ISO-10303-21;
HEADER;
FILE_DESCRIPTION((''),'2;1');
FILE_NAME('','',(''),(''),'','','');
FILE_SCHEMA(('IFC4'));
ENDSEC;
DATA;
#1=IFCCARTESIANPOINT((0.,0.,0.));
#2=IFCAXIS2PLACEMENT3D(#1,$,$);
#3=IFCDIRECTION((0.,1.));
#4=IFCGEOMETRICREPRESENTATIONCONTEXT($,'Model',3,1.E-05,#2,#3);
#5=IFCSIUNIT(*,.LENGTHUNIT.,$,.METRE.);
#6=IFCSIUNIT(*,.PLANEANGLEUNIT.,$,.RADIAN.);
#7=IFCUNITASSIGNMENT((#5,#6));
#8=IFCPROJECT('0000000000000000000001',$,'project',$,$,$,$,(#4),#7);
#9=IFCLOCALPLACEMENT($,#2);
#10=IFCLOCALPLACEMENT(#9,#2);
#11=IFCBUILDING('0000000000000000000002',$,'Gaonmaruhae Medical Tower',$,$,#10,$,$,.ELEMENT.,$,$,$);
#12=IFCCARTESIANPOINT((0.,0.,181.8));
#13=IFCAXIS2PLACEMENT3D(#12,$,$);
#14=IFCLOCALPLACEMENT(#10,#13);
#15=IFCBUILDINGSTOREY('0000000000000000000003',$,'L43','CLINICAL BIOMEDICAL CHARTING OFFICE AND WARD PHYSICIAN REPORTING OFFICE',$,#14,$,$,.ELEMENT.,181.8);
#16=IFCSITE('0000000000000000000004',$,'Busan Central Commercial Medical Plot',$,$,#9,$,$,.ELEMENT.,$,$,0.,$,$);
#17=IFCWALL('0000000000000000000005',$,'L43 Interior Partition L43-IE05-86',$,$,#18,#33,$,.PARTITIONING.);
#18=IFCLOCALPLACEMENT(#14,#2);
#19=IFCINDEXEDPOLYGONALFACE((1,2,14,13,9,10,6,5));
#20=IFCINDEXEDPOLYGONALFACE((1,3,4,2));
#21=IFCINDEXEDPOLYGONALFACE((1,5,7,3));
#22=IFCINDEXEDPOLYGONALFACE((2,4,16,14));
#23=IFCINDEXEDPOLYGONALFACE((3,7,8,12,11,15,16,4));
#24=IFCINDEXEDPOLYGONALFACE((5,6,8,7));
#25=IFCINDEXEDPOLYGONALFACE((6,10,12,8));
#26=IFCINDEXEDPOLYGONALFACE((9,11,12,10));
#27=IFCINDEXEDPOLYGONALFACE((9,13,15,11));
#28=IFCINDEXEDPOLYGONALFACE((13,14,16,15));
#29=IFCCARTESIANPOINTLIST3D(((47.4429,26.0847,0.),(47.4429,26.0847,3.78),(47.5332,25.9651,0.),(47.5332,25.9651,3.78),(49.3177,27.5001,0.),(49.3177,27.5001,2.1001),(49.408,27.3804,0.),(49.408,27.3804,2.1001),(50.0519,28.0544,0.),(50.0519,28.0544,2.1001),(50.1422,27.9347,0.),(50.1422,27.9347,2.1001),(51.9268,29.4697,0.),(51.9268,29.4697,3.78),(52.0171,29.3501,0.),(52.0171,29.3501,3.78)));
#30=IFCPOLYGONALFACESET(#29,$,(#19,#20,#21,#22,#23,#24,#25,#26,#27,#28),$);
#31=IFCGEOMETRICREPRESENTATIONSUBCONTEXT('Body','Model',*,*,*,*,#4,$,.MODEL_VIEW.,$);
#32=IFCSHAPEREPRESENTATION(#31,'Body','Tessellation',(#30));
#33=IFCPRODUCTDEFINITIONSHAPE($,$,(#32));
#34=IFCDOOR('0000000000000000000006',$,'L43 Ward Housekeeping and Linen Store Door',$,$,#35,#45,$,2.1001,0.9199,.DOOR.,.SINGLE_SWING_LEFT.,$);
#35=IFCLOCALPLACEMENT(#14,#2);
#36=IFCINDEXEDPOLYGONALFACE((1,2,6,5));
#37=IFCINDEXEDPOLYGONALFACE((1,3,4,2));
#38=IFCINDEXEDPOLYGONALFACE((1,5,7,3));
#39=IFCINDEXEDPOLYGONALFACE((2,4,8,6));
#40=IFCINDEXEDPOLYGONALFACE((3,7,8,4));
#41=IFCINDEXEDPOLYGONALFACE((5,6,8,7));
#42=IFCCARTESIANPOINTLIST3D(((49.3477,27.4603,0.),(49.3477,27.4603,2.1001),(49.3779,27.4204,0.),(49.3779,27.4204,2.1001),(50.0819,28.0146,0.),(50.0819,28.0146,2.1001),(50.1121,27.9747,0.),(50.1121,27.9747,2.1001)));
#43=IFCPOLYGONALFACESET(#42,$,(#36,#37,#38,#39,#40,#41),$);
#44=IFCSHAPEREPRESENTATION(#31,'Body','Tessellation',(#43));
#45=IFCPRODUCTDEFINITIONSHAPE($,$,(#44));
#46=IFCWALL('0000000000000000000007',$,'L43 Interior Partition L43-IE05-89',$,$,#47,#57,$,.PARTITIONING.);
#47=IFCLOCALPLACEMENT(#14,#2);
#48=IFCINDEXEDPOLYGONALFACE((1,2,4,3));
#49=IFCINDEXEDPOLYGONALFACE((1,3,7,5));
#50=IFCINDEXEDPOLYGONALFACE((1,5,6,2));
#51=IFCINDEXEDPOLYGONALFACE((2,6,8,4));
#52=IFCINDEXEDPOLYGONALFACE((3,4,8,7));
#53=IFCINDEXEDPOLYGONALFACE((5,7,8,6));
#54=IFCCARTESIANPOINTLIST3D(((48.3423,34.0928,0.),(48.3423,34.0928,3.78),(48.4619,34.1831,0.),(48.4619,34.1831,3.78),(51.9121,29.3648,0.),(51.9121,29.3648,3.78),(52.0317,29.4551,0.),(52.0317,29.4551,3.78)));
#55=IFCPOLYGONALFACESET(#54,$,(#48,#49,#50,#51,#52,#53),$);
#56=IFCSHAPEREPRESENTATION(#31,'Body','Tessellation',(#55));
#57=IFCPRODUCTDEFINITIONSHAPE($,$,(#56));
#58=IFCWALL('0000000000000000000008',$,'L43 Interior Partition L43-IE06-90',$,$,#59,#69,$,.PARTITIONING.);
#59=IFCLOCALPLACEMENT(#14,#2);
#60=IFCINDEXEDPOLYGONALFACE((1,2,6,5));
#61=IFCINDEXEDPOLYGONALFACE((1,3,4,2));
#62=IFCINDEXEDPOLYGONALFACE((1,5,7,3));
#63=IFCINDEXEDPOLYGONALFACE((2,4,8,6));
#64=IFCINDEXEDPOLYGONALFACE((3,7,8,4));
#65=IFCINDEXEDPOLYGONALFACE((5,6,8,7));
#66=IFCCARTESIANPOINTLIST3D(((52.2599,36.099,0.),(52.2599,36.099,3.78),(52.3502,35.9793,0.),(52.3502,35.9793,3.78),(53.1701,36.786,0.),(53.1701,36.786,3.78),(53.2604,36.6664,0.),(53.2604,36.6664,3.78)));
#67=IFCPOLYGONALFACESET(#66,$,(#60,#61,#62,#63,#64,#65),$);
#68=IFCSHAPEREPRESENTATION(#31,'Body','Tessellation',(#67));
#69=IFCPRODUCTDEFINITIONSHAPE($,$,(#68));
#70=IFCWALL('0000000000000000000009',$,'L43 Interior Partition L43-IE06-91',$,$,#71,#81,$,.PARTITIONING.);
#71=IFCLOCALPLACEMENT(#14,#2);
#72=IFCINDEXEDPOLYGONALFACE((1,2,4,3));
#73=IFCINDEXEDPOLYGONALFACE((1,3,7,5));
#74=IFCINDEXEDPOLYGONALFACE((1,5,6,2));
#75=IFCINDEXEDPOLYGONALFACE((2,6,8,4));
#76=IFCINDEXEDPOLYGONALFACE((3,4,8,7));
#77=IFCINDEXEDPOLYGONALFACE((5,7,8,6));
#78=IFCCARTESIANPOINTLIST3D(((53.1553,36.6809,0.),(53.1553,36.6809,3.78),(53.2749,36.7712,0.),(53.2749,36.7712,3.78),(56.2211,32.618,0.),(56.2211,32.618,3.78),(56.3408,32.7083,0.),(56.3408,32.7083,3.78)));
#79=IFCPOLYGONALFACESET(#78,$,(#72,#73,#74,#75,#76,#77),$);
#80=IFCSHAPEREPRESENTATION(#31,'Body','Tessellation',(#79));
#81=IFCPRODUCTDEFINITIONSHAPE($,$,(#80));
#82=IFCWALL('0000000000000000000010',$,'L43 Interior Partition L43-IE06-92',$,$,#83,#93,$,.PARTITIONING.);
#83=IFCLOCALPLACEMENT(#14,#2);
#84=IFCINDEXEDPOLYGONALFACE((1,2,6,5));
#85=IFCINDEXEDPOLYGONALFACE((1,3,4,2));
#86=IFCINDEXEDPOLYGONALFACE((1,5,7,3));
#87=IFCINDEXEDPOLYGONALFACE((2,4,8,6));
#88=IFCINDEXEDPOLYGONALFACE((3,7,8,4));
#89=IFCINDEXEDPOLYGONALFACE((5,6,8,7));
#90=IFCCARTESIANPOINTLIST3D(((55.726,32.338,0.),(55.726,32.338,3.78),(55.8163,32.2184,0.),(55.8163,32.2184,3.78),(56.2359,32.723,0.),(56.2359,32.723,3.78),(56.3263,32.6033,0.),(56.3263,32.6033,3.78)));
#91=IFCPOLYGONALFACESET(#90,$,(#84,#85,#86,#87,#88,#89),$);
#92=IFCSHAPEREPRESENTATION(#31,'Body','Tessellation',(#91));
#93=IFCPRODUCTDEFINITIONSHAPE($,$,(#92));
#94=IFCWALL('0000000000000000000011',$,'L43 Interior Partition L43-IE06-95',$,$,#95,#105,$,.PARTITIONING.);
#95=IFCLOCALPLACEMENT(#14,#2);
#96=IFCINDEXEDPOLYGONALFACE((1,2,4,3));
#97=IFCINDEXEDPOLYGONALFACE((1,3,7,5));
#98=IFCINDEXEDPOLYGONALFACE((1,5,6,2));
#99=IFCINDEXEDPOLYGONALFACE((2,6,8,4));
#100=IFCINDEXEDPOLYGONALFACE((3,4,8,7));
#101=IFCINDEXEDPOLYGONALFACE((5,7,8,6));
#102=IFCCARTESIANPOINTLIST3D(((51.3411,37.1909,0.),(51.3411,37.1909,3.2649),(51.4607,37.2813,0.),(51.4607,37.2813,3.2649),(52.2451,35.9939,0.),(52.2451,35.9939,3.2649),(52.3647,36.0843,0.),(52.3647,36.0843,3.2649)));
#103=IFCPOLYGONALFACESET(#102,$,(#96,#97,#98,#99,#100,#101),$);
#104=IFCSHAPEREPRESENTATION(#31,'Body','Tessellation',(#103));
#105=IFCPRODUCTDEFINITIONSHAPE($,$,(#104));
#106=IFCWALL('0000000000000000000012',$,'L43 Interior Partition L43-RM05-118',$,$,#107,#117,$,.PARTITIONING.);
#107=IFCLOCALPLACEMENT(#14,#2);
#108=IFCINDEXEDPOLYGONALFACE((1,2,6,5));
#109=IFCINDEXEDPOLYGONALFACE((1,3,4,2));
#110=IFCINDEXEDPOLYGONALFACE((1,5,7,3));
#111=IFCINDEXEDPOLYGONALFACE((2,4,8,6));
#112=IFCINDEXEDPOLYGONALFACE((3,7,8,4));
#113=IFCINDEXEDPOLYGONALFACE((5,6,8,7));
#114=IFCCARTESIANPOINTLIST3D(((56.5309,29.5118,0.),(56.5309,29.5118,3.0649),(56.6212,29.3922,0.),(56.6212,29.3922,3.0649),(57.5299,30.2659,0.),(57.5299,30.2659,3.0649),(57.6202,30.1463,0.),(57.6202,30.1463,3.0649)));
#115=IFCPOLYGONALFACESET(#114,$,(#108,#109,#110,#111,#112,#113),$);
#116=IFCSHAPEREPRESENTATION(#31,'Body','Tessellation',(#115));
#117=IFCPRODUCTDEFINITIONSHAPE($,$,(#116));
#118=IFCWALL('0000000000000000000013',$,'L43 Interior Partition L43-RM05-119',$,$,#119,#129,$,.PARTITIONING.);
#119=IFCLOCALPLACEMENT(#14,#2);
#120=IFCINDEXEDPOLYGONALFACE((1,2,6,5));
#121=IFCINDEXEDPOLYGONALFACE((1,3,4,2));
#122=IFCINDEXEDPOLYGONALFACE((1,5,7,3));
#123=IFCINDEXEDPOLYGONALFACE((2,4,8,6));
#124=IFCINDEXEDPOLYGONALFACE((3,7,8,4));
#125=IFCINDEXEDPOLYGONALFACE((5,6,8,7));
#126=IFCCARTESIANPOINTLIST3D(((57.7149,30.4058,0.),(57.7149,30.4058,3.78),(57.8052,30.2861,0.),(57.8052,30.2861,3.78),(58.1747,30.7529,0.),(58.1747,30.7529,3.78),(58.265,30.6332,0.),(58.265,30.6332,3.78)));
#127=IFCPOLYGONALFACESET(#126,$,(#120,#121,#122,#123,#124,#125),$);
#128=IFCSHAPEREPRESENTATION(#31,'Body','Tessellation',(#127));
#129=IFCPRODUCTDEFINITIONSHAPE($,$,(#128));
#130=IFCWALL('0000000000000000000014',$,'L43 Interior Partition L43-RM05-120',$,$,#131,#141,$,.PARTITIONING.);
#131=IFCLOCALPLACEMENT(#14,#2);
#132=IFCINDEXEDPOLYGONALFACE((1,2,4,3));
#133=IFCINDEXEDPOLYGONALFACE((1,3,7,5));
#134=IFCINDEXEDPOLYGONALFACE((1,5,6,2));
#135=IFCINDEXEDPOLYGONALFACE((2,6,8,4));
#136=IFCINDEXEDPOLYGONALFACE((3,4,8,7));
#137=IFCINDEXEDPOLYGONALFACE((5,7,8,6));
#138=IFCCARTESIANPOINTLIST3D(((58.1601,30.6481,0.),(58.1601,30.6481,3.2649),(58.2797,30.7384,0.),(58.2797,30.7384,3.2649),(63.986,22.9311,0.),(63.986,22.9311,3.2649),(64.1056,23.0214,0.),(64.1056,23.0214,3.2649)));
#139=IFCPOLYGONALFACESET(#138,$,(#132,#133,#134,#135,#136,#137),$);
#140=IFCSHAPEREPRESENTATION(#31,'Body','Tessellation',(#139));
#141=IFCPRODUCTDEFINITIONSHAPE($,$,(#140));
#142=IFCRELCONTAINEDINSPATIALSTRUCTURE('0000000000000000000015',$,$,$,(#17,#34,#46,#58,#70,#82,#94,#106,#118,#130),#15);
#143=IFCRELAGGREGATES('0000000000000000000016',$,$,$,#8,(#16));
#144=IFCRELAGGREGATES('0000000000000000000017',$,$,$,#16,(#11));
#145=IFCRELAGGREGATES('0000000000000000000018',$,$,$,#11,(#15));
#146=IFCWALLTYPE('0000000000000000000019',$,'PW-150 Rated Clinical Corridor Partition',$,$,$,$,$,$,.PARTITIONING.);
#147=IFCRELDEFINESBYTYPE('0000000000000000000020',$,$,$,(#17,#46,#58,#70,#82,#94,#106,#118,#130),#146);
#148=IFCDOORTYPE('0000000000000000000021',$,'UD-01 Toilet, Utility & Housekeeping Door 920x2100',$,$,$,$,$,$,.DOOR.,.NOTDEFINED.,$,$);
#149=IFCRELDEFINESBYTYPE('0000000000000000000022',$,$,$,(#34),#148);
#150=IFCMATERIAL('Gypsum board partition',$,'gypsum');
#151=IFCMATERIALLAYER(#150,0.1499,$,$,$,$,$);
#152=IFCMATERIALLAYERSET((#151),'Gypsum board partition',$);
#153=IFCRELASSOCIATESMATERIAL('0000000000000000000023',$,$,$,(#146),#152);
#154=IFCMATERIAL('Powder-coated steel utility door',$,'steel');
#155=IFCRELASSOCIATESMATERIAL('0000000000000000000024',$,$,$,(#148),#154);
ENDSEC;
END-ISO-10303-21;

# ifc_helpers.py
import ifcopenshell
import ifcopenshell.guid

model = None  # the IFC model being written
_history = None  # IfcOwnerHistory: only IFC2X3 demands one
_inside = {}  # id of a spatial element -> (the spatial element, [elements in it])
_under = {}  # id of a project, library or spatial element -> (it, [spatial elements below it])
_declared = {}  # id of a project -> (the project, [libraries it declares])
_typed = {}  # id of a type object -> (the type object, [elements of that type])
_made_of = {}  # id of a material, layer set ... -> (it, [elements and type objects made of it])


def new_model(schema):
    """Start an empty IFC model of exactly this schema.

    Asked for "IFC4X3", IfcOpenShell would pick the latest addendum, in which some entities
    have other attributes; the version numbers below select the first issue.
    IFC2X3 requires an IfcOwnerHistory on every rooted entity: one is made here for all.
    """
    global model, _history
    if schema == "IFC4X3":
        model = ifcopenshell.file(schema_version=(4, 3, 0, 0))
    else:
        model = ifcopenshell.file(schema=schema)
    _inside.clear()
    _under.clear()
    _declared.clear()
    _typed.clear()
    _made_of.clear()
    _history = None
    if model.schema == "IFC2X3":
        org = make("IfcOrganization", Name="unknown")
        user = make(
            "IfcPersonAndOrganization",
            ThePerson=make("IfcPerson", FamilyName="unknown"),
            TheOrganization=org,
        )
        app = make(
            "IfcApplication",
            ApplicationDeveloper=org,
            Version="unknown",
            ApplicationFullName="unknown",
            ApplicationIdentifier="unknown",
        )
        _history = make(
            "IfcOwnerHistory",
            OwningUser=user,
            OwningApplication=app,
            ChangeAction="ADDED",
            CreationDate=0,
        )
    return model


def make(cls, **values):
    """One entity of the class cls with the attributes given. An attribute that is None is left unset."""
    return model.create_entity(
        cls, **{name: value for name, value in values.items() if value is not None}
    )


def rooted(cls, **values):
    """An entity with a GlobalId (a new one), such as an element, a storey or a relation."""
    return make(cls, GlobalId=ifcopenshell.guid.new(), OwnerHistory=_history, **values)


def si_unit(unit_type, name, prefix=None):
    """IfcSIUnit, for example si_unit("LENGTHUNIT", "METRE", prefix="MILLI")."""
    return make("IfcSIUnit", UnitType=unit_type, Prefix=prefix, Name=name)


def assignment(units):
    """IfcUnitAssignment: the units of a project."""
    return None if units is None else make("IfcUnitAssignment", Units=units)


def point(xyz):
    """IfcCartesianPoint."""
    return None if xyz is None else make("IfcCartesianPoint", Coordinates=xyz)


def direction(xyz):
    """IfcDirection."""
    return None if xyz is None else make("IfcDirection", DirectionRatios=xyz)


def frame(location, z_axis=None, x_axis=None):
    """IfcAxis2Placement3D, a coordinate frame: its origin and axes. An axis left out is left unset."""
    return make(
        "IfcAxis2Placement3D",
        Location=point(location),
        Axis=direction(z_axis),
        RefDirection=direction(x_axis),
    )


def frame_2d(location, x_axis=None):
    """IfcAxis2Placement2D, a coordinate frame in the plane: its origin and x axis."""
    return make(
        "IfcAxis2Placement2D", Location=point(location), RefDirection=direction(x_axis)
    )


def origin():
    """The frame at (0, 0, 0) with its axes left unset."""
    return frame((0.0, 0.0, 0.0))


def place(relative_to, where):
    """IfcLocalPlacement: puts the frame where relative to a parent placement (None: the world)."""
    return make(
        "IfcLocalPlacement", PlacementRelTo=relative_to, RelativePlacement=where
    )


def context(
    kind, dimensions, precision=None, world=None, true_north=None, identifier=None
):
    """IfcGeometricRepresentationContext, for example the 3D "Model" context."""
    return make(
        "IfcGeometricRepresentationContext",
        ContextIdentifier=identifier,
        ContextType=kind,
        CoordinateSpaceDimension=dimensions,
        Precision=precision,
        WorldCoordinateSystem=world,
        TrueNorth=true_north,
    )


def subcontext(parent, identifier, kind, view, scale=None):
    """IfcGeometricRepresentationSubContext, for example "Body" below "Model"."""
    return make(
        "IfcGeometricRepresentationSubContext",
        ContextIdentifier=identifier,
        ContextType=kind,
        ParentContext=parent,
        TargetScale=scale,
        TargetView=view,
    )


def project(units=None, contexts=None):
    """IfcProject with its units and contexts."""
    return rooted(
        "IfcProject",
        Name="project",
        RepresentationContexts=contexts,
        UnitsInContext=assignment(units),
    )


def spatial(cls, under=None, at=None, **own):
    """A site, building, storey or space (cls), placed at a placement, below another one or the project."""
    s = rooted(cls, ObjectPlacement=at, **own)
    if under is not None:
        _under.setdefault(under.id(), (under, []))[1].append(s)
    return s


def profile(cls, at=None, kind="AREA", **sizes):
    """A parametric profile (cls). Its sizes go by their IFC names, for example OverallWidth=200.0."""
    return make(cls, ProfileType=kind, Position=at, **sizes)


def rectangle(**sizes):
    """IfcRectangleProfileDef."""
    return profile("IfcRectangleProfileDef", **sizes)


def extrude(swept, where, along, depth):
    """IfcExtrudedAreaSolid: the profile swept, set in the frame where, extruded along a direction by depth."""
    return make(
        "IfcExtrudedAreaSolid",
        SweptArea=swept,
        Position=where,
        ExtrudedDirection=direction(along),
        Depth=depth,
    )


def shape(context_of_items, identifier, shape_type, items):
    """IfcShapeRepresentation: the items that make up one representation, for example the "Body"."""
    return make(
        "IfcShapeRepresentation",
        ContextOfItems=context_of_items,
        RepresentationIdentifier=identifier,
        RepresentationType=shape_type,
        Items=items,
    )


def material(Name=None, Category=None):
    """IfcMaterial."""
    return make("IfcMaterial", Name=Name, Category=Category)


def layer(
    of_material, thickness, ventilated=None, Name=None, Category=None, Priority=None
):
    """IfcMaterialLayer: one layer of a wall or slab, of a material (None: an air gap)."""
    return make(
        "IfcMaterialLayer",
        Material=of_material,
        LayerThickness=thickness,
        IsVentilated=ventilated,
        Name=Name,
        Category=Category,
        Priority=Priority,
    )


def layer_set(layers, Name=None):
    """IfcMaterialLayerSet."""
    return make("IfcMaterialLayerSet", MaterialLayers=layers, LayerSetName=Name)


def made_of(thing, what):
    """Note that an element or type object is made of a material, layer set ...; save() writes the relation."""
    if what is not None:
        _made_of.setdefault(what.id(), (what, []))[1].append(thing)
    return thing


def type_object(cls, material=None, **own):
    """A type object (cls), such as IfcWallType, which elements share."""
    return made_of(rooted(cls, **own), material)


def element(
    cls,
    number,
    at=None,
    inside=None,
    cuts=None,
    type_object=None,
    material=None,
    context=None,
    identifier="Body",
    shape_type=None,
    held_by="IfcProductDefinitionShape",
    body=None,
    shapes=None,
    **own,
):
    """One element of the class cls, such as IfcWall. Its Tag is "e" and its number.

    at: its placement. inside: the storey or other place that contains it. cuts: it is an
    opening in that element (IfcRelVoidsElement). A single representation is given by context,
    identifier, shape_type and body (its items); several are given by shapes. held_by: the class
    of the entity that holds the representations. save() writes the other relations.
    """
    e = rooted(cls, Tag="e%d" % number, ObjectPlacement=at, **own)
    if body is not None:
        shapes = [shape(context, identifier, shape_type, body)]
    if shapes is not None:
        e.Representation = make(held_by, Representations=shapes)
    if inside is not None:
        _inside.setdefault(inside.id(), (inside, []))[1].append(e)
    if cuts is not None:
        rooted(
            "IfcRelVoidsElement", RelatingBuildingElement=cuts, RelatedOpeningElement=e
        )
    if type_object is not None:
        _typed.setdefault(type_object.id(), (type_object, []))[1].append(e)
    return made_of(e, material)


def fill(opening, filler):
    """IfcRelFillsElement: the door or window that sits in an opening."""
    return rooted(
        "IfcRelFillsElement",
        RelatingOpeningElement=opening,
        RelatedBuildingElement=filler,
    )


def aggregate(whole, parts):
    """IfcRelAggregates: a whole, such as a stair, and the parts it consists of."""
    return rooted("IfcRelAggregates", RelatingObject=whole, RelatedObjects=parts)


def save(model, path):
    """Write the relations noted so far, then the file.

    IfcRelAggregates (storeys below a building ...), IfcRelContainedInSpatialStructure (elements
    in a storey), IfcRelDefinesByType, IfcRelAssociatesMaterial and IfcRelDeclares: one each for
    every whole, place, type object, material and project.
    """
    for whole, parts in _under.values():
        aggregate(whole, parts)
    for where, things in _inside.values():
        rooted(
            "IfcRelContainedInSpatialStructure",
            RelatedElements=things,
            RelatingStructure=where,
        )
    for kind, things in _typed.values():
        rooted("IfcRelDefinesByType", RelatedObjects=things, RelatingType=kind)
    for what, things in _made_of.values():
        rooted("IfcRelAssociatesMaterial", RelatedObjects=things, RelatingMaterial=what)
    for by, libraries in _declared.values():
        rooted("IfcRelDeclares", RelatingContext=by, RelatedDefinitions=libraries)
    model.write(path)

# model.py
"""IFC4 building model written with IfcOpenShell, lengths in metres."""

from ifc_helpers import new_model, si_unit, direction, frame, frame_2d, origin, place, context, subcontext, project, spatial, rectangle, extrude, material, layer, layer_set, type_object, element, fill, save


model = new_model("IFC4")

# Units and contexts
model_context = context("Model", 3, precision=1e-05, world=origin(), true_north=direction((0.0, 1.0)))
body_context = subcontext(model_context, "Body", "Model", "MODEL_VIEW")
ifc_project = project(units=[si_unit("LENGTHUNIT", "METRE"), si_unit("PLANEANGLEUNIT", "RADIAN")], contexts=[model_context])

# Site, building, storey
site_placement = place(None, origin())
site = spatial("IfcSite", under=ifc_project, at=site_placement, Name="Busan Central Commercial Medical Plot", CompositionType="ELEMENT", RefElevation=0.0)
building_placement = place(site_placement, origin())
building = spatial("IfcBuilding", under=site, at=building_placement, Name="Gaonmaruhae Medical Tower", CompositionType="ELEMENT")
storey_placement = place(building_placement, frame((0.0, 0.0, 181.8)))
storey = spatial("IfcBuildingStorey", under=building, at=storey_placement, Name="L43", Description="CLINICAL BIOMEDICAL CHARTING OFFICE AND WARD PHYSICIAN REPORTING OFFICE", CompositionType="ELEMENT", Elevation=181.8)

# Wall, opening, door
ifc_material_1 = material(Name="Gypsum board partition", Category="gypsum")
ifc_layer_1 = layer(ifc_material_1, 0.1499)
ifc_layer_set_1 = layer_set([ifc_layer_1], Name="Gypsum board partition")
wall_type_1 = type_object("IfcWallType", Name="PW-150 Rated Clinical Corridor Partition", PredefinedType="PARTITIONING", material=ifc_layer_set_1)
wall_1_placement = place(storey_placement, frame((51.9719, 29.4099, 0.0), z_axis=(0.0, 0.0, 1.0), x_axis=(-0.798108, -0.602514, 0.0)))
wall_1 = element("IfcWall", 1, at=wall_1_placement, inside=storey, type_object=wall_type_1, Name="L43 Interior Partition L43-IE05-86", PredefinedType="PARTITIONING", context=body_context, shape_type="SweptSolid", body=[
    extrude(rectangle(XDim=5.6182, YDim=0.1499, at=frame_2d((2.8091, 0.0))), origin(), (0.0, 0.0, 1.0), 3.78),
])
opening_1_placement = place(wall_1_placement, frame((2.3491, 0.0, 0.0)))
opening_1 = element("IfcOpeningElement", 2, at=opening_1_placement, cuts=wall_1, PredefinedType="OPENING", context=body_context, shape_type="SweptSolid", body=[
    extrude(rectangle(XDim=0.9199, YDim=2.1001, at=frame_2d((0.46, 1.05))), frame((0.0, 0.085, 0.0), z_axis=(0.0, -1.0, 0.0), x_axis=(1.0, 0.0, 0.0)), (0.0, 0.0, 1.0), 0.1699),
])
ifc_material_2 = material(Name="Powder-coated steel utility door", Category="steel")
door_type_1 = type_object("IfcDoorType", Name="UD-01 Toilet, Utility & Housekeeping Door 920x2100", OperationType="NOTDEFINED", PredefinedType="DOOR", material=ifc_material_2)
door_1_placement = place(opening_1_placement, origin())
door_1 = element("IfcDoor", 3, at=door_1_placement, inside=storey, type_object=door_type_1, Name="L43 Ward Housekeeping and Linen Store Door", OperationType="SINGLE_SWING_LEFT", OverallHeight=2.1001, OverallWidth=0.9199, PredefinedType="DOOR", context=body_context, shape_type="SweptSolid", body=[
    extrude(rectangle(XDim=0.9199, YDim=2.1001, at=frame_2d((0.46, 1.05))), frame((0.0, 0.0249, 0.0), z_axis=(0.0, -1.0, 0.0), x_axis=(1.0, 0.0, 0.0)), (0.0, 0.0, 1.0), 0.05),
])
fill(opening_1, door_1)

# Walls
wall_2_placement = place(storey_placement, frame((48.4021, 34.1379, 0.0), z_axis=(0.0, 0.0, 1.0), x_axis=(0.602568, -0.798067, 0.0)))
element("IfcWall", 4, at=wall_2_placement, inside=storey, type_object=wall_type_1, Name="L43 Interior Partition L43-IE05-89", PredefinedType="PARTITIONING", context=body_context, shape_type="SweptSolid", body=[
    extrude(rectangle(XDim=5.9243, YDim=0.1499, at=frame_2d((2.9622, 0.0))), origin(), (0.0, 0.0, 1.0), 3.78),
])
wall_3_placement = place(storey_placement, frame((52.3049, 36.0391, 0.0), z_axis=(0.0, 0.0, 1.0), x_axis=(0.798146, 0.602464, 0.0)))
element("IfcWall", 5, at=wall_3_placement, inside=storey, type_object=wall_type_1, Name="L43 Interior Partition L43-IE06-90", PredefinedType="PARTITIONING", context=body_context, shape_type="SweptSolid", body=[
    extrude(rectangle(XDim=1.1404, YDim=0.1499, at=frame_2d((0.5703, 0.0))), origin(), (0.0, 0.0, 1.0), 3.78),
])
wall_4_placement = place(storey_placement, frame((53.2151, 36.7261, 0.0), z_axis=(0.0, 0.0, 1.0), x_axis=(0.602346, -0.798235, 0.0)))
element("IfcWall", 6, at=wall_4_placement, inside=storey, type_object=wall_type_1, Name="L43 Interior Partition L43-IE06-91", PredefinedType="PARTITIONING", context=body_context, shape_type="SweptSolid", body=[
    extrude(rectangle(XDim=5.0898, YDim=0.1499, at=frame_2d((2.5449, 0.0))), origin(), (0.0, 0.0, 1.0), 3.78),
])
wall_5_placement = place(storey_placement, frame((56.281, 32.6631, 0.0), z_axis=(0.0, 0.0, 1.0), x_axis=(-0.798116, -0.602503, 0.0)))
element("IfcWall", 7, at=wall_5_placement, inside=storey, type_object=wall_type_1, Name="L43 Interior Partition L43-IE06-92", PredefinedType="PARTITIONING", context=body_context, shape_type="SweptSolid", body=[
    extrude(rectangle(XDim=0.6389, YDim=0.1499, at=frame_2d((0.3193, 0.0))), origin(), (0.0, 0.0, 1.0), 3.78),
])

# Walls
wall_6_placement = place(storey_placement, frame((51.4009, 37.2361, 0.0), z_axis=(0.0, 0.0, 1.0), x_axis=(0.602679, -0.797984, 0.0)))
element("IfcWall", 8, at=wall_6_placement, inside=storey, type_object=wall_type_1, Name="L43 Interior Partition L43-IE06-95", PredefinedType="PARTITIONING", context=body_context, shape_type="SweptSolid", body=[
    extrude(rectangle(XDim=1.5, YDim=0.1499, at=frame_2d((0.75, 0.0))), origin(), (0.0, 0.0, 1.0), 3.2649),
])
wall_7_placement = place(storey_placement, frame((56.5759, 29.4519, 0.0), z_axis=(0.0, 0.0, 1.0), x_axis=(0.798124, 0.602494, 0.0)))
element("IfcWall", 9, at=wall_7_placement, inside=storey, type_object=wall_type_1, Name="L43 Interior Partition L43-RM05-118", PredefinedType="PARTITIONING", context=body_context, shape_type="SweptSolid", body=[
    extrude(rectangle(XDim=1.2517, YDim=0.1499, at=frame_2d((0.626, 0.0))), origin(), (0.0, 0.0, 1.0), 3.0649),
])
wall_8_placement = place(storey_placement, frame((57.76, 30.3459, 0.0), z_axis=(0.0, 0.0, 1.0), x_axis=(0.798166, 0.602437, 0.0)))
element("IfcWall", 10, at=wall_8_placement, inside=storey, type_object=wall_type_1, Name="L43 Interior Partition L43-RM05-119", PredefinedType="PARTITIONING", context=body_context, shape_type="SweptSolid", body=[
    extrude(rectangle(XDim=0.5762, YDim=0.1499, at=frame_2d((0.2881, 0.0))), origin(), (0.0, 0.0, 1.0), 3.78),
])
wall_9_placement = place(storey_placement, frame((58.22, 30.6931, 0.0), z_axis=(0.0, 0.0, 1.0), x_axis=(0.602522, -0.798102, 0.0)))
element("IfcWall", 11, at=wall_9_placement, inside=storey, type_object=wall_type_1, Name="L43 Interior Partition L43-RM05-120", PredefinedType="PARTITIONING", context=body_context, shape_type="SweptSolid", body=[
    extrude(rectangle(XDim=9.6692, YDim=0.1499, at=frame_2d((4.8345, 0.0))), origin(), (0.0, 0.0, 1.0), 3.2649),
])

save(model, "model.ifc")
